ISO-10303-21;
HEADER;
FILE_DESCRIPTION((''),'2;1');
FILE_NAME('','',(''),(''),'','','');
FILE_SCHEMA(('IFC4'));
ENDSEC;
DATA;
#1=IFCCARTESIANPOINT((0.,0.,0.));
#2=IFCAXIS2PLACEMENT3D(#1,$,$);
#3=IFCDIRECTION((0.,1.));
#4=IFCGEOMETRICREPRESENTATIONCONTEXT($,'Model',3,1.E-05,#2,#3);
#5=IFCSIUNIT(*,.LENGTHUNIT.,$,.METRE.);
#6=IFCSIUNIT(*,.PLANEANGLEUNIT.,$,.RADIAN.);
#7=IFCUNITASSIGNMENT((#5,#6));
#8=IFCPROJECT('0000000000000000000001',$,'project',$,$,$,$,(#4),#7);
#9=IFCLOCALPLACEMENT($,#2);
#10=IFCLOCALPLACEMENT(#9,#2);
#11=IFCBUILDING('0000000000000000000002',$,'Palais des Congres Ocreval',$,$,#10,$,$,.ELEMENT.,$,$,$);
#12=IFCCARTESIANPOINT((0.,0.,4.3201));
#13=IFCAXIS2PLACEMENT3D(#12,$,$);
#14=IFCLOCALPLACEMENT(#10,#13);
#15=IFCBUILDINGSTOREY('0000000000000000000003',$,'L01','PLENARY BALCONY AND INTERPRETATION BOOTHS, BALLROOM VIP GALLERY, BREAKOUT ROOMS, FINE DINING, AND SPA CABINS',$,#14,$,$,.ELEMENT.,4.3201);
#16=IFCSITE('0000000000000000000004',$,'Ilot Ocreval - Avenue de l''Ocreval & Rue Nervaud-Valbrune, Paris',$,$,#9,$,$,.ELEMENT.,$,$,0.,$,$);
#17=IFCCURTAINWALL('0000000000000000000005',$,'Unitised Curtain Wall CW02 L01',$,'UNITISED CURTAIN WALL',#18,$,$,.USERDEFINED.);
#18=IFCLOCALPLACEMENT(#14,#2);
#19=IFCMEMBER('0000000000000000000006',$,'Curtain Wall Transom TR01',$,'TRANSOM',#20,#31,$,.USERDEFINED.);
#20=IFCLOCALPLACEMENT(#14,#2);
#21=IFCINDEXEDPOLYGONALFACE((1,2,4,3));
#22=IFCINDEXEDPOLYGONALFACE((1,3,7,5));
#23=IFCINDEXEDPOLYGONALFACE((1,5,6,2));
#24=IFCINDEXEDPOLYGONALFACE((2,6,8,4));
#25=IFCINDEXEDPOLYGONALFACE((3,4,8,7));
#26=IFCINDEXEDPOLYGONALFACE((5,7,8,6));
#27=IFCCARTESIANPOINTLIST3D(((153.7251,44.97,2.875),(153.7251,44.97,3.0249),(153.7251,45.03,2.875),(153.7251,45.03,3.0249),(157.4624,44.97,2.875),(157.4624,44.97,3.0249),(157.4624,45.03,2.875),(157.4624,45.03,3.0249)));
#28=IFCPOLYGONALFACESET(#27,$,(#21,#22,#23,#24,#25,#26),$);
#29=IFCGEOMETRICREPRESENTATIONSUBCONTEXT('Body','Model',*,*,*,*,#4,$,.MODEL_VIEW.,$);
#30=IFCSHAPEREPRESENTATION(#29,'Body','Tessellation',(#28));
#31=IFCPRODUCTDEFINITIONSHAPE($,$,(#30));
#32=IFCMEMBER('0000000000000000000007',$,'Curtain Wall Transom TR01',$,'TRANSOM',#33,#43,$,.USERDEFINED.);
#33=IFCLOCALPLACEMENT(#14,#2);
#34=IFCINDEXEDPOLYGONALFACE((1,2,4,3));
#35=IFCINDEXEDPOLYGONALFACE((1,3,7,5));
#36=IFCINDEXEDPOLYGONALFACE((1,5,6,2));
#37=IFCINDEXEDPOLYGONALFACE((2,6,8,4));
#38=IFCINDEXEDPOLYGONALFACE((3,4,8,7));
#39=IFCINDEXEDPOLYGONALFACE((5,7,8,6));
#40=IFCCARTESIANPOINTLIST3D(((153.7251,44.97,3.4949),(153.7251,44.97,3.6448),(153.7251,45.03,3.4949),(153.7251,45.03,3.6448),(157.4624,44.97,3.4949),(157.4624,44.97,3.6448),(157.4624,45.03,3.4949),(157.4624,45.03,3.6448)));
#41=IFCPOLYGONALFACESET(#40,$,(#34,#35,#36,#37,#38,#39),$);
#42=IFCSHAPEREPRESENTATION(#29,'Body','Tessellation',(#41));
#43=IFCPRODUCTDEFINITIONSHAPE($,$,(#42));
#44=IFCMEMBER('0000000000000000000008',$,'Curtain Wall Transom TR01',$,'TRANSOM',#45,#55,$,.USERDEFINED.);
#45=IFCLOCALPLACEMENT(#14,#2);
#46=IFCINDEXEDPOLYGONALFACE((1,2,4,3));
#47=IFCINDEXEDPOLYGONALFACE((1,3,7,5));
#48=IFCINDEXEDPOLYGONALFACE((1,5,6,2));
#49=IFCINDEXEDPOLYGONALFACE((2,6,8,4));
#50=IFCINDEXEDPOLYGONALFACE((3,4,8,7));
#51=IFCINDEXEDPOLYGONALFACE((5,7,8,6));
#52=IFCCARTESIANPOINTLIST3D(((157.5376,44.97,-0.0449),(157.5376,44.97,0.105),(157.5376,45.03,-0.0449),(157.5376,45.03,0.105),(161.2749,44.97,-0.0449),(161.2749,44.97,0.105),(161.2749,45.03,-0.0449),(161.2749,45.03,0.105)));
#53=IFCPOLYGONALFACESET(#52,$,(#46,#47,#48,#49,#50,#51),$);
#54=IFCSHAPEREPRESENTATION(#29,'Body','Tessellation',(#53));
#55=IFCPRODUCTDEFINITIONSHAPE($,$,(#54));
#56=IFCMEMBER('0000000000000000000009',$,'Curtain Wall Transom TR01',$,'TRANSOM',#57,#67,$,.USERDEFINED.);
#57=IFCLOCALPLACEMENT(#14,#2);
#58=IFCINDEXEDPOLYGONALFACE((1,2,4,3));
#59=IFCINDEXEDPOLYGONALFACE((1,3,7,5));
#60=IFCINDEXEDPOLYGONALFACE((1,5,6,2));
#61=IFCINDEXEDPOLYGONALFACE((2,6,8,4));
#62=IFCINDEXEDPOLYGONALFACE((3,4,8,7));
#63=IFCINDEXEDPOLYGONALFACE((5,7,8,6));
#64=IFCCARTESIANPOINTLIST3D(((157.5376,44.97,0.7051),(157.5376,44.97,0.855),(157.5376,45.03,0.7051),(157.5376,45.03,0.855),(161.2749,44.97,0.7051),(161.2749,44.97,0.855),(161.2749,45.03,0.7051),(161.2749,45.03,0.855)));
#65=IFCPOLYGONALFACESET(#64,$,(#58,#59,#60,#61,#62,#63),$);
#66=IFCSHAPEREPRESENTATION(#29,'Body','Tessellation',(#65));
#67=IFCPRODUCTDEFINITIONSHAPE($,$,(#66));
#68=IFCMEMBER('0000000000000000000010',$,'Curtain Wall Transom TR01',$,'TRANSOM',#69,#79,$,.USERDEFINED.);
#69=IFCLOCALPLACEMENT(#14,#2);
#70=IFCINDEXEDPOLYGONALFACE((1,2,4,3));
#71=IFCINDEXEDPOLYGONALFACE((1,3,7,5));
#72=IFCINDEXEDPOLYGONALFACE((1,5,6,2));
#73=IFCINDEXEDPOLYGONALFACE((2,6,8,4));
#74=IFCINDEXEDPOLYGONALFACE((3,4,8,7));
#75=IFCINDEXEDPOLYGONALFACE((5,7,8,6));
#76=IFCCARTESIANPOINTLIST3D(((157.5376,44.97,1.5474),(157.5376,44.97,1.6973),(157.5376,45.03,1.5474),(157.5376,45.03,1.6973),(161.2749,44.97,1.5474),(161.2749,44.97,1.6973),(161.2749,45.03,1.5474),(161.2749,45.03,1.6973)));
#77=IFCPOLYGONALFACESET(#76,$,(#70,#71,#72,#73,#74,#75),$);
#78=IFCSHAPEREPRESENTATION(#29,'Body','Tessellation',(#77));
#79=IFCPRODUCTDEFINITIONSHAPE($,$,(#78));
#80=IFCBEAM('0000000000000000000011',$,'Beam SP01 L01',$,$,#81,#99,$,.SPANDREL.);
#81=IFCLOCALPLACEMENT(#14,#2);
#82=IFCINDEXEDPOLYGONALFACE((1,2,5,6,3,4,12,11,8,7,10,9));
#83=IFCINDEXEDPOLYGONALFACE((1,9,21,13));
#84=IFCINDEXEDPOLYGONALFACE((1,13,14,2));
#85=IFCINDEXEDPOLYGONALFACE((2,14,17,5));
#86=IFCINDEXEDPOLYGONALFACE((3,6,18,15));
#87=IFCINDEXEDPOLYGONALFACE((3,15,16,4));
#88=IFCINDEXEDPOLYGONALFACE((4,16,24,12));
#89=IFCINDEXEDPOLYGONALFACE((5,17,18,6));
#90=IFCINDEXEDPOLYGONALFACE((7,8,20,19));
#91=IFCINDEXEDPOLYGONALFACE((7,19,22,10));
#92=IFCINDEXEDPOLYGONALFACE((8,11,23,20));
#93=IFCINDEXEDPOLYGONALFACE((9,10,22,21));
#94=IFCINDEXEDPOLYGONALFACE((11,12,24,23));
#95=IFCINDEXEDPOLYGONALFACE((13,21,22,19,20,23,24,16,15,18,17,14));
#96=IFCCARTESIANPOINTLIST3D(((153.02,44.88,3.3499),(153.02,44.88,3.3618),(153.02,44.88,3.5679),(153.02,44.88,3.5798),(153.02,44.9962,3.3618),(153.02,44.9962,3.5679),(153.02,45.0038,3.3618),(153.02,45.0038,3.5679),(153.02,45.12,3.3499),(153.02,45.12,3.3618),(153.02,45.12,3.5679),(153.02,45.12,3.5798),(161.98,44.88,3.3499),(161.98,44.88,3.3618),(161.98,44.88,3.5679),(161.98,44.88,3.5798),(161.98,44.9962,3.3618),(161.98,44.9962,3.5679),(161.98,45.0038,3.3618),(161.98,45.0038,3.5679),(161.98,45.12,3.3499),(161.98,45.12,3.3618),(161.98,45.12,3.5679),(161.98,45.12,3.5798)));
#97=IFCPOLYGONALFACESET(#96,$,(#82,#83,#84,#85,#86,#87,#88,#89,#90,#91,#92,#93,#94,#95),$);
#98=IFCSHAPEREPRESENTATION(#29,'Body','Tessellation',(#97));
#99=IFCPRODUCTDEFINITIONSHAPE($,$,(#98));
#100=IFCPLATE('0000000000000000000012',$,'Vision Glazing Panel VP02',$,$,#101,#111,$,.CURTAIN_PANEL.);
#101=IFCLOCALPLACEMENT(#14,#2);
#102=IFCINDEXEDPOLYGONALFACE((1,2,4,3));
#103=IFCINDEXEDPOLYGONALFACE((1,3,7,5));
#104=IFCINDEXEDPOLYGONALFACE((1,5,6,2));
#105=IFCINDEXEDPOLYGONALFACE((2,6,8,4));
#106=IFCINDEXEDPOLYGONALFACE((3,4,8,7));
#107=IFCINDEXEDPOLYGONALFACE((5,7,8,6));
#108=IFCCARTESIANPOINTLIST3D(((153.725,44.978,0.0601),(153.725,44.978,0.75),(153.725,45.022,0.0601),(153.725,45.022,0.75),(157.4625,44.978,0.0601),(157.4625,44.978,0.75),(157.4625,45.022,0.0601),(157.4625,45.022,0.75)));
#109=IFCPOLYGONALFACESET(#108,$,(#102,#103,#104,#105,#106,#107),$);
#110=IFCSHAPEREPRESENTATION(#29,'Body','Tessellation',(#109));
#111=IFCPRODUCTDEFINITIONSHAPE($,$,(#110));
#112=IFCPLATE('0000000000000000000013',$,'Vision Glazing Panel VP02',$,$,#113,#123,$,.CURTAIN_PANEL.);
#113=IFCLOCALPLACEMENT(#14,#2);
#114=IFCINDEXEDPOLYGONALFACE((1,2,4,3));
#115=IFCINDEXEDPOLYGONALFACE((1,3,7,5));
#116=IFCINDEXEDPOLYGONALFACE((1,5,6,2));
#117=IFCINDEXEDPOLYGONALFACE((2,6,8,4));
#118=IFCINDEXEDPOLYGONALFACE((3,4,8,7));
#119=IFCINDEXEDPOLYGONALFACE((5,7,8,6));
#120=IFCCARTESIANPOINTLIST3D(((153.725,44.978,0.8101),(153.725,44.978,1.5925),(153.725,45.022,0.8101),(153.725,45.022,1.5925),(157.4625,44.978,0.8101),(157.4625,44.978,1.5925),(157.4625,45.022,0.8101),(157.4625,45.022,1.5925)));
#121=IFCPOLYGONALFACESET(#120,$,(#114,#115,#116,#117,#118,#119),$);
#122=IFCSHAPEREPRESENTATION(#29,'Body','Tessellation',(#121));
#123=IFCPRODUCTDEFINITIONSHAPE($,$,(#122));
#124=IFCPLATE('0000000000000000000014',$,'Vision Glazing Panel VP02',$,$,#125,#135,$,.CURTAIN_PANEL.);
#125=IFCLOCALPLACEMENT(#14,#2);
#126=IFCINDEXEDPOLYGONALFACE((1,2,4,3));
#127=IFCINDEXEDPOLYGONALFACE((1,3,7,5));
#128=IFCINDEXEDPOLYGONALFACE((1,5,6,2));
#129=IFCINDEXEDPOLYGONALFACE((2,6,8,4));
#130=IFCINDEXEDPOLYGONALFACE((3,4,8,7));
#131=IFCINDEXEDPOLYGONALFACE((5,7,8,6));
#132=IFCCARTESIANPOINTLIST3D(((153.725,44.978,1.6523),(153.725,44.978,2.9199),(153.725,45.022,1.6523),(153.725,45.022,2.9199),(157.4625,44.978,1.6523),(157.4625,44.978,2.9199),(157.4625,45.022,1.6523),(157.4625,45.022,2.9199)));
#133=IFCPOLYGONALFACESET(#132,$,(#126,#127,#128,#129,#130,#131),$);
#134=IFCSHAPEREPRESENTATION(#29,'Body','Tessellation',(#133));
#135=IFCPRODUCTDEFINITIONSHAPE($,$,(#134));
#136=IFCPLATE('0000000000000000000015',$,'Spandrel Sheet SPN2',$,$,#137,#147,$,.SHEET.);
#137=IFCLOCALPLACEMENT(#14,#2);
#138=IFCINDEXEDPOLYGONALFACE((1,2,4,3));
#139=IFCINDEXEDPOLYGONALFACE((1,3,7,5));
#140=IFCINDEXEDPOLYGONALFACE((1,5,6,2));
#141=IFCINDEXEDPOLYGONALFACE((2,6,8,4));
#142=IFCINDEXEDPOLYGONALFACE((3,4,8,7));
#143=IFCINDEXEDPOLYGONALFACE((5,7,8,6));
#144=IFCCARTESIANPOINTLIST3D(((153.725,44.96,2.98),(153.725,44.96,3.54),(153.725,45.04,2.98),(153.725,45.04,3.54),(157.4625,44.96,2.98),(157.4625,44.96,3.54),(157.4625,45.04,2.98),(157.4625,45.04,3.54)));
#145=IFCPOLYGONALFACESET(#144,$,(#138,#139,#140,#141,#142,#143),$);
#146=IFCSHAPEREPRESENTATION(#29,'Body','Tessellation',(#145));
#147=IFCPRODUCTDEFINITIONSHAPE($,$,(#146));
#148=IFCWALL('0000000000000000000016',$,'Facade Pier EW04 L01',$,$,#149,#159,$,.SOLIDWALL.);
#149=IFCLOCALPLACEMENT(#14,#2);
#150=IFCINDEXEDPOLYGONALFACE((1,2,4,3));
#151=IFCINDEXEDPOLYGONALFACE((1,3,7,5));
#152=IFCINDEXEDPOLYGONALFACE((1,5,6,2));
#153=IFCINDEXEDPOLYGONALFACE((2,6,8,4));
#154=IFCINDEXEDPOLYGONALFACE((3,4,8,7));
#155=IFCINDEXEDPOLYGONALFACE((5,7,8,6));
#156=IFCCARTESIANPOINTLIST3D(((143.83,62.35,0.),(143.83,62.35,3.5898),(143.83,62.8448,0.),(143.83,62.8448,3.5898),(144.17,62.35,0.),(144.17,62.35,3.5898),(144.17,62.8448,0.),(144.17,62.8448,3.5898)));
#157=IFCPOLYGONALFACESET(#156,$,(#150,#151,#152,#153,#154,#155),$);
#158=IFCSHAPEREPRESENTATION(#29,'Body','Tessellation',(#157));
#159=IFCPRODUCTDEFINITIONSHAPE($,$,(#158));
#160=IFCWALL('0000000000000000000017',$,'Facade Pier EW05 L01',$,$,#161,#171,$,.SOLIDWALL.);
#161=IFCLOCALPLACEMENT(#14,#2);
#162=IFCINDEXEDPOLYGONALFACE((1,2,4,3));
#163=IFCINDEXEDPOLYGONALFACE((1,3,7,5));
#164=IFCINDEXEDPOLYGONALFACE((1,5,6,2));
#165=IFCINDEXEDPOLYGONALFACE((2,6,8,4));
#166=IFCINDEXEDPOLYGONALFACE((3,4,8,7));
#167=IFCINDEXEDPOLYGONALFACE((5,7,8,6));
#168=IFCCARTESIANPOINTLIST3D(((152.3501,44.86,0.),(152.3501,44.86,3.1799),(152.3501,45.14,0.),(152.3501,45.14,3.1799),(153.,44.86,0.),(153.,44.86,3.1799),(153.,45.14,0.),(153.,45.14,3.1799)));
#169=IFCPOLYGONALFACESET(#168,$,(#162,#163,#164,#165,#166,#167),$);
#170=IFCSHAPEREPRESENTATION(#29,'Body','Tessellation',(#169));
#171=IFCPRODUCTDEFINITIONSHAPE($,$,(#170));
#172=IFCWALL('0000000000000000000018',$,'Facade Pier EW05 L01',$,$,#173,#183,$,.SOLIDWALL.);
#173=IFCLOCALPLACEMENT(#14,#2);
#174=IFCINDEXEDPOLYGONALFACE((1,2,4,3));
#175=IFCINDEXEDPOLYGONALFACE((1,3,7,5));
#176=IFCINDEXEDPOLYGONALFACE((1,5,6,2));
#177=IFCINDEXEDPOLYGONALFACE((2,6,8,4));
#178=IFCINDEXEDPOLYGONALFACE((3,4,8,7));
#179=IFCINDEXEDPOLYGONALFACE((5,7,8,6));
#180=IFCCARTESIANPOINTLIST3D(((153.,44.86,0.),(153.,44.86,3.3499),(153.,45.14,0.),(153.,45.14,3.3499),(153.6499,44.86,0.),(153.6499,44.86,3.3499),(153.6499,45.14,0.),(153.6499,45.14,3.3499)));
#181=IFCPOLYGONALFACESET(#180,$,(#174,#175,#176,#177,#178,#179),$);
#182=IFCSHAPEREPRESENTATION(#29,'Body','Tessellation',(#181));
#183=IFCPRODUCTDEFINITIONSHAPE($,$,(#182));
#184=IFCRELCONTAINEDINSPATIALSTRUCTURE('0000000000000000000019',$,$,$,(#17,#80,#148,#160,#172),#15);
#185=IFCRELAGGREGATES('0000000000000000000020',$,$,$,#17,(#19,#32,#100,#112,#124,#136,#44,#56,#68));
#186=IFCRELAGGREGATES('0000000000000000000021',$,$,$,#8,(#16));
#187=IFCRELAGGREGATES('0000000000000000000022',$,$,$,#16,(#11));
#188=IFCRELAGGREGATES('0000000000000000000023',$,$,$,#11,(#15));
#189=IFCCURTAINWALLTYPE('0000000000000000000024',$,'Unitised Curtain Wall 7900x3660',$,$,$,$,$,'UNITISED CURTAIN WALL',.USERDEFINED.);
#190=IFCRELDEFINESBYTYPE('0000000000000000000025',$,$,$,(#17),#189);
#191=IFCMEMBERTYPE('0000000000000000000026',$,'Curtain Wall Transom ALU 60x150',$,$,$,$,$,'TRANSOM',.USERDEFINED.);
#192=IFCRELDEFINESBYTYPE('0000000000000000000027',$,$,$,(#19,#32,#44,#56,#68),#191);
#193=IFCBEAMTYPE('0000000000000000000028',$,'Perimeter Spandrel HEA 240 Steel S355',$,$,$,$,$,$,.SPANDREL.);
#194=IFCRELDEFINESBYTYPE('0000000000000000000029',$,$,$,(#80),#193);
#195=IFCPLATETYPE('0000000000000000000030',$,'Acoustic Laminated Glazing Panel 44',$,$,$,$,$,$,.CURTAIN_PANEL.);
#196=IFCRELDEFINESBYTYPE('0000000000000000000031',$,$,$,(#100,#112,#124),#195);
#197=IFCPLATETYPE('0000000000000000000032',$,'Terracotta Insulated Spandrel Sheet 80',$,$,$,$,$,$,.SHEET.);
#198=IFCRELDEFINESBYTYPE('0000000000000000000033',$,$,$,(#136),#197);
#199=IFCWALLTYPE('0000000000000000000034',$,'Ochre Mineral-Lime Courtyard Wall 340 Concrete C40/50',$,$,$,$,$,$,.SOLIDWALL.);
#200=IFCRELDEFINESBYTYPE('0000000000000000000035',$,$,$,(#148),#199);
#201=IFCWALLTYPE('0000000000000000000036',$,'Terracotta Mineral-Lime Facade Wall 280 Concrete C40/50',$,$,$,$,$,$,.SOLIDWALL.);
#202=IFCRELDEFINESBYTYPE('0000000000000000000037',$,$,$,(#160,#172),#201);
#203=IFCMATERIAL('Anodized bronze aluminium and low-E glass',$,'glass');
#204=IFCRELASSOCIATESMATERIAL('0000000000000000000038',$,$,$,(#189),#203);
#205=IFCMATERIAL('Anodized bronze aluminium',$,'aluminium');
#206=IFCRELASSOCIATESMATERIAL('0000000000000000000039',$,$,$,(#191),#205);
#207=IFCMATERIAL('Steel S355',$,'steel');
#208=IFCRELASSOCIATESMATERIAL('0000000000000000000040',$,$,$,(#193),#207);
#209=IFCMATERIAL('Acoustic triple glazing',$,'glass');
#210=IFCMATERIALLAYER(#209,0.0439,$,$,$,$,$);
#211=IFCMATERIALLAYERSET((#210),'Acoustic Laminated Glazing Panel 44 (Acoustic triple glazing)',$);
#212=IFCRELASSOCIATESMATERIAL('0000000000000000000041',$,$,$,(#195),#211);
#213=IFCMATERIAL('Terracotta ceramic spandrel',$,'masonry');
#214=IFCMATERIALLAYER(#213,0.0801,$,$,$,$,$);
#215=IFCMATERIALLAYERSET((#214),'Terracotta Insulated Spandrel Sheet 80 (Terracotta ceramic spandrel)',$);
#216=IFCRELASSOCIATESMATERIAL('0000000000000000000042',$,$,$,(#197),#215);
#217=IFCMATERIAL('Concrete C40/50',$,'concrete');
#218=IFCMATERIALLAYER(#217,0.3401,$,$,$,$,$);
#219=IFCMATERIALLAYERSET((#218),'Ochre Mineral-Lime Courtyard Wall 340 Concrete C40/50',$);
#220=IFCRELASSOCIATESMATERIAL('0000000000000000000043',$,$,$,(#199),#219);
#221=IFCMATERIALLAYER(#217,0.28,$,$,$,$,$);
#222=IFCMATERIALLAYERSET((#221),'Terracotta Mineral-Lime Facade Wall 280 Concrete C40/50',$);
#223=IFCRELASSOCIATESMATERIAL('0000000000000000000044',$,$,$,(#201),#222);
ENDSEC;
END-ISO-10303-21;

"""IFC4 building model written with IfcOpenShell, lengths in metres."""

from ifc_helpers import new_model, si_unit, direction, frame, frame_2d, origin, origin_2d, place, context, subcontext, project, spatial, rectangle, i_section, extrude, material, layer, layer_set, material_profile, profile_set, type_object, element, aggregate, save


model = new_model("IFC4")

# Units and contexts
model_context = context("Model", 3, precision=1e-05, world=origin(), true_north=direction((0.0, 1.0)))
body_context = subcontext(model_context, "Body", "Model", "MODEL_VIEW")
ifc_project = project(units=[si_unit("LENGTHUNIT", "METRE"), si_unit("PLANEANGLEUNIT", "RADIAN")], contexts=[model_context])

# Site, building, storey
site_placement = place(None, origin())
site = spatial("IfcSite", under=ifc_project, at=site_placement, Name="Ilot Ocreval - Avenue de l'Ocreval & Rue Nervaud-Valbrune, Paris", CompositionType="ELEMENT", RefElevation=0.0)
building_placement = place(site_placement, origin())
building = spatial("IfcBuilding", under=site, at=building_placement, Name="Palais des Congres Ocreval", CompositionType="ELEMENT")
storey_placement = place(building_placement, frame((0.0, 0.0, 4.3201)))
storey = spatial("IfcBuildingStorey", under=building, at=storey_placement, Name="L01", Description="PLENARY BALCONY AND INTERPRETATION BOOTHS, BALLROOM VIP GALLERY, BREAKOUT ROOMS, FINE DINING, AND SPA CABINS", CompositionType="ELEMENT", Elevation=4.3201)

# Shared definitions
ifc_material_1 = material(Name="Steel S355", Category="steel")

# Shared definitions
ifc_material_2 = material(Name="Anodized bronze aluminium and low-E glass", Category="glass")
curtain_wall_type = type_object("IfcCurtainWallType", Name="Unitised Curtain Wall 7900x3660", ElementType="UNITISED CURTAIN WALL", PredefinedType="USERDEFINED", material=ifc_material_2)
ifc_material_3 = material(Name="Anodized bronze aluminium", Category="aluminium")

# Curtain wall
curtain_wall_1_placement = place(storey_placement, origin())
curtain_wall_1 = element("IfcCurtainWall", 1, at=curtain_wall_1_placement, inside=storey, type_object=curtain_wall_type, Name="Unitised Curtain Wall CW02 L01", ObjectType="UNITISED CURTAIN WALL", PredefinedType="USERDEFINED")

# Members
ifc_material_profile_1 = material_profile(ifc_material_3, rectangle(XDim=0.0601, YDim=0.1499, at=origin_2d()), Name="ALU 60x150")
ifc_profile_set_1 = profile_set([ifc_material_profile_1], Name="Anodized bronze aluminium")
member_type_1 = type_object("IfcMemberType", Name="Curtain Wall Transom ALU 60x150", ElementType="TRANSOM", PredefinedType="USERDEFINED", material=ifc_profile_set_1)
member_1_placement = place(storey_placement, frame((153.7251, 45.0, 2.95), z_axis=(1.0, 0.0, 0.0), x_axis=(0.0, 1.0, 0.0)))
member_1 = element("IfcMember", 2, at=member_1_placement, type_object=member_type_1, Name="Curtain Wall Transom TR01", ObjectType="TRANSOM", PredefinedType="USERDEFINED", context=body_context, shape_type="SweptSolid", body=[
    extrude(rectangle(XDim=0.0601, YDim=0.1499, at=origin_2d()), origin(), (0.0, 0.0, 1.0), 3.7373),
])
member_2_placement = place(storey_placement, frame((153.7251, 45.0, 3.5698), z_axis=(1.0, 0.0, 0.0), x_axis=(0.0, 1.0, 0.0)))
member_2 = element("IfcMember", 3, at=member_2_placement, type_object=member_type_1, Name="Curtain Wall Transom TR01", ObjectType="TRANSOM", PredefinedType="USERDEFINED", context=body_context, shape_type="SweptSolid", body=[
    extrude(rectangle(XDim=0.0601, YDim=0.1499, at=origin_2d()), origin(), (0.0, 0.0, 1.0), 3.7373),
])
member_3_placement = place(storey_placement, frame((157.5376, 45.0, 0.03), z_axis=(1.0, 0.0, 0.0), x_axis=(0.0, 1.0, 0.0)))
member_3 = element("IfcMember", 4, at=member_3_placement, type_object=member_type_1, Name="Curtain Wall Transom TR01", ObjectType="TRANSOM", PredefinedType="USERDEFINED", context=body_context, shape_type="SweptSolid", body=[
    extrude(rectangle(XDim=0.0601, YDim=0.1499, at=origin_2d()), origin(), (0.0, 0.0, 1.0), 3.7373),
])
member_4_placement = place(storey_placement, frame((157.5376, 45.0, 0.78), z_axis=(1.0, 0.0, 0.0), x_axis=(0.0, 1.0, 0.0)))
member_4 = element("IfcMember", 5, at=member_4_placement, type_object=member_type_1, Name="Curtain Wall Transom TR01", ObjectType="TRANSOM", PredefinedType="USERDEFINED", context=body_context, shape_type="SweptSolid", body=[
    extrude(rectangle(XDim=0.0601, YDim=0.1499, at=origin_2d()), origin(), (0.0, 0.0, 1.0), 3.7373),
])
member_5_placement = place(storey_placement, frame((157.5376, 45.0, 1.6223), z_axis=(1.0, 0.0, 0.0), x_axis=(0.0, 1.0, 0.0)))
member_5 = element("IfcMember", 6, at=member_5_placement, type_object=member_type_1, Name="Curtain Wall Transom TR01", ObjectType="TRANSOM", PredefinedType="USERDEFINED", context=body_context, shape_type="SweptSolid", body=[
    extrude(rectangle(XDim=0.0601, YDim=0.1499, at=origin_2d()), origin(), (0.0, 0.0, 1.0), 3.7373),
])

# Beam
ifc_material_profile_2 = material_profile(ifc_material_1, i_section(OverallWidth=0.24, OverallDepth=0.23, WebThickness=0.0076, FlangeThickness=0.012, at=origin_2d()), Name="HEA 240")
ifc_profile_set_2 = profile_set([ifc_material_profile_2], Name="Steel S355")
beam_type = type_object("IfcBeamType", Name="Perimeter Spandrel HEA 240 Steel S355", PredefinedType="SPANDREL", material=ifc_profile_set_2)
beam_placement = place(storey_placement, frame((153.02, 45.0, 3.4648), z_axis=(1.0, 0.0, 0.0), x_axis=(0.0, 1.0, 0.0)))
element("IfcBeam", 7, at=beam_placement, inside=storey, type_object=beam_type, Name="Beam SP01 L01", PredefinedType="SPANDREL", context=body_context, shape_type="SweptSolid", body=[
    extrude(i_section(OverallWidth=0.24, OverallDepth=0.23, WebThickness=0.0076, FlangeThickness=0.012, at=origin_2d()), origin(), (0.0, 0.0, 1.0), 8.96),
])

# Plates
ifc_material_4 = material(Name="Acoustic triple glazing", Category="glass")
ifc_layer_1 = layer(ifc_material_4, 0.0439)
ifc_layer_set_1 = layer_set([ifc_layer_1], Name="Acoustic Laminated Glazing Panel 44 (Acoustic triple glazing)")
plate_type_1 = type_object("IfcPlateType", Name="Acoustic Laminated Glazing Panel 44", PredefinedType="CURTAIN_PANEL", material=ifc_layer_set_1)
plate_1_placement = place(storey_placement, frame((155.5938, 45.0, 0.0601), z_axis=(0.0, 0.0, 1.0), x_axis=(1.0, 0.0, 0.0)))
plate_1 = element("IfcPlate", 8, at=plate_1_placement, type_object=plate_type_1, Name="Vision Glazing Panel VP02", PredefinedType="CURTAIN_PANEL", context=body_context, shape_type="SweptSolid", body=[
    extrude(rectangle(XDim=3.7375, YDim=0.0439, at=origin_2d()), origin(), (0.0, 0.0, 1.0), 0.6899),
])
plate_2_placement = place(storey_placement, frame((155.5938, 45.0, 0.8101), z_axis=(0.0, 0.0, 1.0), x_axis=(1.0, 0.0, 0.0)))
plate_2 = element("IfcPlate", 9, at=plate_2_placement, type_object=plate_type_1, Name="Vision Glazing Panel VP02", PredefinedType="CURTAIN_PANEL", context=body_context, shape_type="SweptSolid", body=[
    extrude(rectangle(XDim=3.7375, YDim=0.0439, at=origin_2d()), origin(), (0.0, 0.0, 1.0), 0.7825),
])
plate_3_placement = place(storey_placement, frame((155.5938, 45.0, 1.6523), z_axis=(0.0, 0.0, 1.0), x_axis=(1.0, 0.0, 0.0)))
plate_3 = element("IfcPlate", 10, at=plate_3_placement, type_object=plate_type_1, Name="Vision Glazing Panel VP02", PredefinedType="CURTAIN_PANEL", context=body_context, shape_type="SweptSolid", body=[
    extrude(rectangle(XDim=3.7375, YDim=0.0439, at=origin_2d()), origin(), (0.0, 0.0, 1.0), 1.2676),
])
ifc_material_5 = material(Name="Terracotta ceramic spandrel", Category="masonry")
ifc_layer_2 = layer(ifc_material_5, 0.0801)
ifc_layer_set_2 = layer_set([ifc_layer_2], Name="Terracotta Insulated Spandrel Sheet 80 (Terracotta ceramic spandrel)")
plate_type_2 = type_object("IfcPlateType", Name="Terracotta Insulated Spandrel Sheet 80", PredefinedType="SHEET", material=ifc_layer_set_2)
plate_4_placement = place(storey_placement, frame((155.5938, 45.0, 2.98), z_axis=(0.0, 0.0, 1.0), x_axis=(1.0, 0.0, 0.0)))
plate_4 = element("IfcPlate", 11, at=plate_4_placement, type_object=plate_type_2, Name="Spandrel Sheet SPN2", PredefinedType="SHEET", context=body_context, shape_type="SweptSolid", body=[
    extrude(rectangle(XDim=3.7375, YDim=0.0801, at=origin_2d()), origin(), (0.0, 0.0, 1.0), 0.5601),
])
aggregate(curtain_wall_1, [member_1, member_2, plate_1, plate_2, plate_3, plate_4, member_3, member_4, member_5])

# Walls
ifc_material_6 = material(Name="Concrete C40/50", Category="concrete")
ifc_layer_3 = layer(ifc_material_6, 0.3401)
ifc_layer_set_3 = layer_set([ifc_layer_3], Name="Ochre Mineral-Lime Courtyard Wall 340 Concrete C40/50")
wall_type_1 = type_object("IfcWallType", Name="Ochre Mineral-Lime Courtyard Wall 340 Concrete C40/50", PredefinedType="SOLIDWALL", material=ifc_layer_set_3)
wall_1_placement = place(storey_placement, frame((144.0, 62.845, 0.0), z_axis=(0.0, 0.0, 1.0), x_axis=(0.0, -1.0, 0.0)))
element("IfcWall", 12, at=wall_1_placement, inside=storey, type_object=wall_type_1, Name="Facade Pier EW04 L01", PredefinedType="SOLIDWALL", context=body_context, shape_type="SweptSolid", body=[
    extrude(rectangle(XDim=0.4949, YDim=0.3401, at=frame_2d((0.2476, 0.0))), origin(), (0.0, 0.0, 1.0), 3.5898),
])
ifc_layer_4 = layer(ifc_material_6, 0.28)
ifc_layer_set_4 = layer_set([ifc_layer_4], Name="Terracotta Mineral-Lime Facade Wall 280 Concrete C40/50")
wall_type_2 = type_object("IfcWallType", Name="Terracotta Mineral-Lime Facade Wall 280 Concrete C40/50", PredefinedType="SOLIDWALL", material=ifc_layer_set_4)
wall_2_placement = place(storey_placement, frame((152.3501, 45.0, 0.0), z_axis=(0.0, 0.0, 1.0), x_axis=(1.0, 0.0, 0.0)))
element("IfcWall", 13, at=wall_2_placement, inside=storey, type_object=wall_type_2, Name="Facade Pier EW05 L01", PredefinedType="SOLIDWALL", context=body_context, shape_type="SweptSolid", body=[
    extrude(rectangle(XDim=0.6499, YDim=0.28, at=frame_2d((0.325, 0.0))), origin(), (0.0, 0.0, 1.0), 3.1799),
])
wall_3_placement = place(storey_placement, frame((153.0, 45.0, 0.0), z_axis=(0.0, 0.0, 1.0), x_axis=(1.0, 0.0, 0.0)))
element("IfcWall", 14, at=wall_3_placement, inside=storey, type_object=wall_type_2, Name="Facade Pier EW05 L01", PredefinedType="SOLIDWALL", context=body_context, shape_type="SweptSolid", body=[
    extrude(rectangle(XDim=0.6499, YDim=0.28, at=frame_2d((0.325, 0.0))), origin(), (0.0, 0.0, 1.0), 3.3499),
])

save(model, "model.ifc")
